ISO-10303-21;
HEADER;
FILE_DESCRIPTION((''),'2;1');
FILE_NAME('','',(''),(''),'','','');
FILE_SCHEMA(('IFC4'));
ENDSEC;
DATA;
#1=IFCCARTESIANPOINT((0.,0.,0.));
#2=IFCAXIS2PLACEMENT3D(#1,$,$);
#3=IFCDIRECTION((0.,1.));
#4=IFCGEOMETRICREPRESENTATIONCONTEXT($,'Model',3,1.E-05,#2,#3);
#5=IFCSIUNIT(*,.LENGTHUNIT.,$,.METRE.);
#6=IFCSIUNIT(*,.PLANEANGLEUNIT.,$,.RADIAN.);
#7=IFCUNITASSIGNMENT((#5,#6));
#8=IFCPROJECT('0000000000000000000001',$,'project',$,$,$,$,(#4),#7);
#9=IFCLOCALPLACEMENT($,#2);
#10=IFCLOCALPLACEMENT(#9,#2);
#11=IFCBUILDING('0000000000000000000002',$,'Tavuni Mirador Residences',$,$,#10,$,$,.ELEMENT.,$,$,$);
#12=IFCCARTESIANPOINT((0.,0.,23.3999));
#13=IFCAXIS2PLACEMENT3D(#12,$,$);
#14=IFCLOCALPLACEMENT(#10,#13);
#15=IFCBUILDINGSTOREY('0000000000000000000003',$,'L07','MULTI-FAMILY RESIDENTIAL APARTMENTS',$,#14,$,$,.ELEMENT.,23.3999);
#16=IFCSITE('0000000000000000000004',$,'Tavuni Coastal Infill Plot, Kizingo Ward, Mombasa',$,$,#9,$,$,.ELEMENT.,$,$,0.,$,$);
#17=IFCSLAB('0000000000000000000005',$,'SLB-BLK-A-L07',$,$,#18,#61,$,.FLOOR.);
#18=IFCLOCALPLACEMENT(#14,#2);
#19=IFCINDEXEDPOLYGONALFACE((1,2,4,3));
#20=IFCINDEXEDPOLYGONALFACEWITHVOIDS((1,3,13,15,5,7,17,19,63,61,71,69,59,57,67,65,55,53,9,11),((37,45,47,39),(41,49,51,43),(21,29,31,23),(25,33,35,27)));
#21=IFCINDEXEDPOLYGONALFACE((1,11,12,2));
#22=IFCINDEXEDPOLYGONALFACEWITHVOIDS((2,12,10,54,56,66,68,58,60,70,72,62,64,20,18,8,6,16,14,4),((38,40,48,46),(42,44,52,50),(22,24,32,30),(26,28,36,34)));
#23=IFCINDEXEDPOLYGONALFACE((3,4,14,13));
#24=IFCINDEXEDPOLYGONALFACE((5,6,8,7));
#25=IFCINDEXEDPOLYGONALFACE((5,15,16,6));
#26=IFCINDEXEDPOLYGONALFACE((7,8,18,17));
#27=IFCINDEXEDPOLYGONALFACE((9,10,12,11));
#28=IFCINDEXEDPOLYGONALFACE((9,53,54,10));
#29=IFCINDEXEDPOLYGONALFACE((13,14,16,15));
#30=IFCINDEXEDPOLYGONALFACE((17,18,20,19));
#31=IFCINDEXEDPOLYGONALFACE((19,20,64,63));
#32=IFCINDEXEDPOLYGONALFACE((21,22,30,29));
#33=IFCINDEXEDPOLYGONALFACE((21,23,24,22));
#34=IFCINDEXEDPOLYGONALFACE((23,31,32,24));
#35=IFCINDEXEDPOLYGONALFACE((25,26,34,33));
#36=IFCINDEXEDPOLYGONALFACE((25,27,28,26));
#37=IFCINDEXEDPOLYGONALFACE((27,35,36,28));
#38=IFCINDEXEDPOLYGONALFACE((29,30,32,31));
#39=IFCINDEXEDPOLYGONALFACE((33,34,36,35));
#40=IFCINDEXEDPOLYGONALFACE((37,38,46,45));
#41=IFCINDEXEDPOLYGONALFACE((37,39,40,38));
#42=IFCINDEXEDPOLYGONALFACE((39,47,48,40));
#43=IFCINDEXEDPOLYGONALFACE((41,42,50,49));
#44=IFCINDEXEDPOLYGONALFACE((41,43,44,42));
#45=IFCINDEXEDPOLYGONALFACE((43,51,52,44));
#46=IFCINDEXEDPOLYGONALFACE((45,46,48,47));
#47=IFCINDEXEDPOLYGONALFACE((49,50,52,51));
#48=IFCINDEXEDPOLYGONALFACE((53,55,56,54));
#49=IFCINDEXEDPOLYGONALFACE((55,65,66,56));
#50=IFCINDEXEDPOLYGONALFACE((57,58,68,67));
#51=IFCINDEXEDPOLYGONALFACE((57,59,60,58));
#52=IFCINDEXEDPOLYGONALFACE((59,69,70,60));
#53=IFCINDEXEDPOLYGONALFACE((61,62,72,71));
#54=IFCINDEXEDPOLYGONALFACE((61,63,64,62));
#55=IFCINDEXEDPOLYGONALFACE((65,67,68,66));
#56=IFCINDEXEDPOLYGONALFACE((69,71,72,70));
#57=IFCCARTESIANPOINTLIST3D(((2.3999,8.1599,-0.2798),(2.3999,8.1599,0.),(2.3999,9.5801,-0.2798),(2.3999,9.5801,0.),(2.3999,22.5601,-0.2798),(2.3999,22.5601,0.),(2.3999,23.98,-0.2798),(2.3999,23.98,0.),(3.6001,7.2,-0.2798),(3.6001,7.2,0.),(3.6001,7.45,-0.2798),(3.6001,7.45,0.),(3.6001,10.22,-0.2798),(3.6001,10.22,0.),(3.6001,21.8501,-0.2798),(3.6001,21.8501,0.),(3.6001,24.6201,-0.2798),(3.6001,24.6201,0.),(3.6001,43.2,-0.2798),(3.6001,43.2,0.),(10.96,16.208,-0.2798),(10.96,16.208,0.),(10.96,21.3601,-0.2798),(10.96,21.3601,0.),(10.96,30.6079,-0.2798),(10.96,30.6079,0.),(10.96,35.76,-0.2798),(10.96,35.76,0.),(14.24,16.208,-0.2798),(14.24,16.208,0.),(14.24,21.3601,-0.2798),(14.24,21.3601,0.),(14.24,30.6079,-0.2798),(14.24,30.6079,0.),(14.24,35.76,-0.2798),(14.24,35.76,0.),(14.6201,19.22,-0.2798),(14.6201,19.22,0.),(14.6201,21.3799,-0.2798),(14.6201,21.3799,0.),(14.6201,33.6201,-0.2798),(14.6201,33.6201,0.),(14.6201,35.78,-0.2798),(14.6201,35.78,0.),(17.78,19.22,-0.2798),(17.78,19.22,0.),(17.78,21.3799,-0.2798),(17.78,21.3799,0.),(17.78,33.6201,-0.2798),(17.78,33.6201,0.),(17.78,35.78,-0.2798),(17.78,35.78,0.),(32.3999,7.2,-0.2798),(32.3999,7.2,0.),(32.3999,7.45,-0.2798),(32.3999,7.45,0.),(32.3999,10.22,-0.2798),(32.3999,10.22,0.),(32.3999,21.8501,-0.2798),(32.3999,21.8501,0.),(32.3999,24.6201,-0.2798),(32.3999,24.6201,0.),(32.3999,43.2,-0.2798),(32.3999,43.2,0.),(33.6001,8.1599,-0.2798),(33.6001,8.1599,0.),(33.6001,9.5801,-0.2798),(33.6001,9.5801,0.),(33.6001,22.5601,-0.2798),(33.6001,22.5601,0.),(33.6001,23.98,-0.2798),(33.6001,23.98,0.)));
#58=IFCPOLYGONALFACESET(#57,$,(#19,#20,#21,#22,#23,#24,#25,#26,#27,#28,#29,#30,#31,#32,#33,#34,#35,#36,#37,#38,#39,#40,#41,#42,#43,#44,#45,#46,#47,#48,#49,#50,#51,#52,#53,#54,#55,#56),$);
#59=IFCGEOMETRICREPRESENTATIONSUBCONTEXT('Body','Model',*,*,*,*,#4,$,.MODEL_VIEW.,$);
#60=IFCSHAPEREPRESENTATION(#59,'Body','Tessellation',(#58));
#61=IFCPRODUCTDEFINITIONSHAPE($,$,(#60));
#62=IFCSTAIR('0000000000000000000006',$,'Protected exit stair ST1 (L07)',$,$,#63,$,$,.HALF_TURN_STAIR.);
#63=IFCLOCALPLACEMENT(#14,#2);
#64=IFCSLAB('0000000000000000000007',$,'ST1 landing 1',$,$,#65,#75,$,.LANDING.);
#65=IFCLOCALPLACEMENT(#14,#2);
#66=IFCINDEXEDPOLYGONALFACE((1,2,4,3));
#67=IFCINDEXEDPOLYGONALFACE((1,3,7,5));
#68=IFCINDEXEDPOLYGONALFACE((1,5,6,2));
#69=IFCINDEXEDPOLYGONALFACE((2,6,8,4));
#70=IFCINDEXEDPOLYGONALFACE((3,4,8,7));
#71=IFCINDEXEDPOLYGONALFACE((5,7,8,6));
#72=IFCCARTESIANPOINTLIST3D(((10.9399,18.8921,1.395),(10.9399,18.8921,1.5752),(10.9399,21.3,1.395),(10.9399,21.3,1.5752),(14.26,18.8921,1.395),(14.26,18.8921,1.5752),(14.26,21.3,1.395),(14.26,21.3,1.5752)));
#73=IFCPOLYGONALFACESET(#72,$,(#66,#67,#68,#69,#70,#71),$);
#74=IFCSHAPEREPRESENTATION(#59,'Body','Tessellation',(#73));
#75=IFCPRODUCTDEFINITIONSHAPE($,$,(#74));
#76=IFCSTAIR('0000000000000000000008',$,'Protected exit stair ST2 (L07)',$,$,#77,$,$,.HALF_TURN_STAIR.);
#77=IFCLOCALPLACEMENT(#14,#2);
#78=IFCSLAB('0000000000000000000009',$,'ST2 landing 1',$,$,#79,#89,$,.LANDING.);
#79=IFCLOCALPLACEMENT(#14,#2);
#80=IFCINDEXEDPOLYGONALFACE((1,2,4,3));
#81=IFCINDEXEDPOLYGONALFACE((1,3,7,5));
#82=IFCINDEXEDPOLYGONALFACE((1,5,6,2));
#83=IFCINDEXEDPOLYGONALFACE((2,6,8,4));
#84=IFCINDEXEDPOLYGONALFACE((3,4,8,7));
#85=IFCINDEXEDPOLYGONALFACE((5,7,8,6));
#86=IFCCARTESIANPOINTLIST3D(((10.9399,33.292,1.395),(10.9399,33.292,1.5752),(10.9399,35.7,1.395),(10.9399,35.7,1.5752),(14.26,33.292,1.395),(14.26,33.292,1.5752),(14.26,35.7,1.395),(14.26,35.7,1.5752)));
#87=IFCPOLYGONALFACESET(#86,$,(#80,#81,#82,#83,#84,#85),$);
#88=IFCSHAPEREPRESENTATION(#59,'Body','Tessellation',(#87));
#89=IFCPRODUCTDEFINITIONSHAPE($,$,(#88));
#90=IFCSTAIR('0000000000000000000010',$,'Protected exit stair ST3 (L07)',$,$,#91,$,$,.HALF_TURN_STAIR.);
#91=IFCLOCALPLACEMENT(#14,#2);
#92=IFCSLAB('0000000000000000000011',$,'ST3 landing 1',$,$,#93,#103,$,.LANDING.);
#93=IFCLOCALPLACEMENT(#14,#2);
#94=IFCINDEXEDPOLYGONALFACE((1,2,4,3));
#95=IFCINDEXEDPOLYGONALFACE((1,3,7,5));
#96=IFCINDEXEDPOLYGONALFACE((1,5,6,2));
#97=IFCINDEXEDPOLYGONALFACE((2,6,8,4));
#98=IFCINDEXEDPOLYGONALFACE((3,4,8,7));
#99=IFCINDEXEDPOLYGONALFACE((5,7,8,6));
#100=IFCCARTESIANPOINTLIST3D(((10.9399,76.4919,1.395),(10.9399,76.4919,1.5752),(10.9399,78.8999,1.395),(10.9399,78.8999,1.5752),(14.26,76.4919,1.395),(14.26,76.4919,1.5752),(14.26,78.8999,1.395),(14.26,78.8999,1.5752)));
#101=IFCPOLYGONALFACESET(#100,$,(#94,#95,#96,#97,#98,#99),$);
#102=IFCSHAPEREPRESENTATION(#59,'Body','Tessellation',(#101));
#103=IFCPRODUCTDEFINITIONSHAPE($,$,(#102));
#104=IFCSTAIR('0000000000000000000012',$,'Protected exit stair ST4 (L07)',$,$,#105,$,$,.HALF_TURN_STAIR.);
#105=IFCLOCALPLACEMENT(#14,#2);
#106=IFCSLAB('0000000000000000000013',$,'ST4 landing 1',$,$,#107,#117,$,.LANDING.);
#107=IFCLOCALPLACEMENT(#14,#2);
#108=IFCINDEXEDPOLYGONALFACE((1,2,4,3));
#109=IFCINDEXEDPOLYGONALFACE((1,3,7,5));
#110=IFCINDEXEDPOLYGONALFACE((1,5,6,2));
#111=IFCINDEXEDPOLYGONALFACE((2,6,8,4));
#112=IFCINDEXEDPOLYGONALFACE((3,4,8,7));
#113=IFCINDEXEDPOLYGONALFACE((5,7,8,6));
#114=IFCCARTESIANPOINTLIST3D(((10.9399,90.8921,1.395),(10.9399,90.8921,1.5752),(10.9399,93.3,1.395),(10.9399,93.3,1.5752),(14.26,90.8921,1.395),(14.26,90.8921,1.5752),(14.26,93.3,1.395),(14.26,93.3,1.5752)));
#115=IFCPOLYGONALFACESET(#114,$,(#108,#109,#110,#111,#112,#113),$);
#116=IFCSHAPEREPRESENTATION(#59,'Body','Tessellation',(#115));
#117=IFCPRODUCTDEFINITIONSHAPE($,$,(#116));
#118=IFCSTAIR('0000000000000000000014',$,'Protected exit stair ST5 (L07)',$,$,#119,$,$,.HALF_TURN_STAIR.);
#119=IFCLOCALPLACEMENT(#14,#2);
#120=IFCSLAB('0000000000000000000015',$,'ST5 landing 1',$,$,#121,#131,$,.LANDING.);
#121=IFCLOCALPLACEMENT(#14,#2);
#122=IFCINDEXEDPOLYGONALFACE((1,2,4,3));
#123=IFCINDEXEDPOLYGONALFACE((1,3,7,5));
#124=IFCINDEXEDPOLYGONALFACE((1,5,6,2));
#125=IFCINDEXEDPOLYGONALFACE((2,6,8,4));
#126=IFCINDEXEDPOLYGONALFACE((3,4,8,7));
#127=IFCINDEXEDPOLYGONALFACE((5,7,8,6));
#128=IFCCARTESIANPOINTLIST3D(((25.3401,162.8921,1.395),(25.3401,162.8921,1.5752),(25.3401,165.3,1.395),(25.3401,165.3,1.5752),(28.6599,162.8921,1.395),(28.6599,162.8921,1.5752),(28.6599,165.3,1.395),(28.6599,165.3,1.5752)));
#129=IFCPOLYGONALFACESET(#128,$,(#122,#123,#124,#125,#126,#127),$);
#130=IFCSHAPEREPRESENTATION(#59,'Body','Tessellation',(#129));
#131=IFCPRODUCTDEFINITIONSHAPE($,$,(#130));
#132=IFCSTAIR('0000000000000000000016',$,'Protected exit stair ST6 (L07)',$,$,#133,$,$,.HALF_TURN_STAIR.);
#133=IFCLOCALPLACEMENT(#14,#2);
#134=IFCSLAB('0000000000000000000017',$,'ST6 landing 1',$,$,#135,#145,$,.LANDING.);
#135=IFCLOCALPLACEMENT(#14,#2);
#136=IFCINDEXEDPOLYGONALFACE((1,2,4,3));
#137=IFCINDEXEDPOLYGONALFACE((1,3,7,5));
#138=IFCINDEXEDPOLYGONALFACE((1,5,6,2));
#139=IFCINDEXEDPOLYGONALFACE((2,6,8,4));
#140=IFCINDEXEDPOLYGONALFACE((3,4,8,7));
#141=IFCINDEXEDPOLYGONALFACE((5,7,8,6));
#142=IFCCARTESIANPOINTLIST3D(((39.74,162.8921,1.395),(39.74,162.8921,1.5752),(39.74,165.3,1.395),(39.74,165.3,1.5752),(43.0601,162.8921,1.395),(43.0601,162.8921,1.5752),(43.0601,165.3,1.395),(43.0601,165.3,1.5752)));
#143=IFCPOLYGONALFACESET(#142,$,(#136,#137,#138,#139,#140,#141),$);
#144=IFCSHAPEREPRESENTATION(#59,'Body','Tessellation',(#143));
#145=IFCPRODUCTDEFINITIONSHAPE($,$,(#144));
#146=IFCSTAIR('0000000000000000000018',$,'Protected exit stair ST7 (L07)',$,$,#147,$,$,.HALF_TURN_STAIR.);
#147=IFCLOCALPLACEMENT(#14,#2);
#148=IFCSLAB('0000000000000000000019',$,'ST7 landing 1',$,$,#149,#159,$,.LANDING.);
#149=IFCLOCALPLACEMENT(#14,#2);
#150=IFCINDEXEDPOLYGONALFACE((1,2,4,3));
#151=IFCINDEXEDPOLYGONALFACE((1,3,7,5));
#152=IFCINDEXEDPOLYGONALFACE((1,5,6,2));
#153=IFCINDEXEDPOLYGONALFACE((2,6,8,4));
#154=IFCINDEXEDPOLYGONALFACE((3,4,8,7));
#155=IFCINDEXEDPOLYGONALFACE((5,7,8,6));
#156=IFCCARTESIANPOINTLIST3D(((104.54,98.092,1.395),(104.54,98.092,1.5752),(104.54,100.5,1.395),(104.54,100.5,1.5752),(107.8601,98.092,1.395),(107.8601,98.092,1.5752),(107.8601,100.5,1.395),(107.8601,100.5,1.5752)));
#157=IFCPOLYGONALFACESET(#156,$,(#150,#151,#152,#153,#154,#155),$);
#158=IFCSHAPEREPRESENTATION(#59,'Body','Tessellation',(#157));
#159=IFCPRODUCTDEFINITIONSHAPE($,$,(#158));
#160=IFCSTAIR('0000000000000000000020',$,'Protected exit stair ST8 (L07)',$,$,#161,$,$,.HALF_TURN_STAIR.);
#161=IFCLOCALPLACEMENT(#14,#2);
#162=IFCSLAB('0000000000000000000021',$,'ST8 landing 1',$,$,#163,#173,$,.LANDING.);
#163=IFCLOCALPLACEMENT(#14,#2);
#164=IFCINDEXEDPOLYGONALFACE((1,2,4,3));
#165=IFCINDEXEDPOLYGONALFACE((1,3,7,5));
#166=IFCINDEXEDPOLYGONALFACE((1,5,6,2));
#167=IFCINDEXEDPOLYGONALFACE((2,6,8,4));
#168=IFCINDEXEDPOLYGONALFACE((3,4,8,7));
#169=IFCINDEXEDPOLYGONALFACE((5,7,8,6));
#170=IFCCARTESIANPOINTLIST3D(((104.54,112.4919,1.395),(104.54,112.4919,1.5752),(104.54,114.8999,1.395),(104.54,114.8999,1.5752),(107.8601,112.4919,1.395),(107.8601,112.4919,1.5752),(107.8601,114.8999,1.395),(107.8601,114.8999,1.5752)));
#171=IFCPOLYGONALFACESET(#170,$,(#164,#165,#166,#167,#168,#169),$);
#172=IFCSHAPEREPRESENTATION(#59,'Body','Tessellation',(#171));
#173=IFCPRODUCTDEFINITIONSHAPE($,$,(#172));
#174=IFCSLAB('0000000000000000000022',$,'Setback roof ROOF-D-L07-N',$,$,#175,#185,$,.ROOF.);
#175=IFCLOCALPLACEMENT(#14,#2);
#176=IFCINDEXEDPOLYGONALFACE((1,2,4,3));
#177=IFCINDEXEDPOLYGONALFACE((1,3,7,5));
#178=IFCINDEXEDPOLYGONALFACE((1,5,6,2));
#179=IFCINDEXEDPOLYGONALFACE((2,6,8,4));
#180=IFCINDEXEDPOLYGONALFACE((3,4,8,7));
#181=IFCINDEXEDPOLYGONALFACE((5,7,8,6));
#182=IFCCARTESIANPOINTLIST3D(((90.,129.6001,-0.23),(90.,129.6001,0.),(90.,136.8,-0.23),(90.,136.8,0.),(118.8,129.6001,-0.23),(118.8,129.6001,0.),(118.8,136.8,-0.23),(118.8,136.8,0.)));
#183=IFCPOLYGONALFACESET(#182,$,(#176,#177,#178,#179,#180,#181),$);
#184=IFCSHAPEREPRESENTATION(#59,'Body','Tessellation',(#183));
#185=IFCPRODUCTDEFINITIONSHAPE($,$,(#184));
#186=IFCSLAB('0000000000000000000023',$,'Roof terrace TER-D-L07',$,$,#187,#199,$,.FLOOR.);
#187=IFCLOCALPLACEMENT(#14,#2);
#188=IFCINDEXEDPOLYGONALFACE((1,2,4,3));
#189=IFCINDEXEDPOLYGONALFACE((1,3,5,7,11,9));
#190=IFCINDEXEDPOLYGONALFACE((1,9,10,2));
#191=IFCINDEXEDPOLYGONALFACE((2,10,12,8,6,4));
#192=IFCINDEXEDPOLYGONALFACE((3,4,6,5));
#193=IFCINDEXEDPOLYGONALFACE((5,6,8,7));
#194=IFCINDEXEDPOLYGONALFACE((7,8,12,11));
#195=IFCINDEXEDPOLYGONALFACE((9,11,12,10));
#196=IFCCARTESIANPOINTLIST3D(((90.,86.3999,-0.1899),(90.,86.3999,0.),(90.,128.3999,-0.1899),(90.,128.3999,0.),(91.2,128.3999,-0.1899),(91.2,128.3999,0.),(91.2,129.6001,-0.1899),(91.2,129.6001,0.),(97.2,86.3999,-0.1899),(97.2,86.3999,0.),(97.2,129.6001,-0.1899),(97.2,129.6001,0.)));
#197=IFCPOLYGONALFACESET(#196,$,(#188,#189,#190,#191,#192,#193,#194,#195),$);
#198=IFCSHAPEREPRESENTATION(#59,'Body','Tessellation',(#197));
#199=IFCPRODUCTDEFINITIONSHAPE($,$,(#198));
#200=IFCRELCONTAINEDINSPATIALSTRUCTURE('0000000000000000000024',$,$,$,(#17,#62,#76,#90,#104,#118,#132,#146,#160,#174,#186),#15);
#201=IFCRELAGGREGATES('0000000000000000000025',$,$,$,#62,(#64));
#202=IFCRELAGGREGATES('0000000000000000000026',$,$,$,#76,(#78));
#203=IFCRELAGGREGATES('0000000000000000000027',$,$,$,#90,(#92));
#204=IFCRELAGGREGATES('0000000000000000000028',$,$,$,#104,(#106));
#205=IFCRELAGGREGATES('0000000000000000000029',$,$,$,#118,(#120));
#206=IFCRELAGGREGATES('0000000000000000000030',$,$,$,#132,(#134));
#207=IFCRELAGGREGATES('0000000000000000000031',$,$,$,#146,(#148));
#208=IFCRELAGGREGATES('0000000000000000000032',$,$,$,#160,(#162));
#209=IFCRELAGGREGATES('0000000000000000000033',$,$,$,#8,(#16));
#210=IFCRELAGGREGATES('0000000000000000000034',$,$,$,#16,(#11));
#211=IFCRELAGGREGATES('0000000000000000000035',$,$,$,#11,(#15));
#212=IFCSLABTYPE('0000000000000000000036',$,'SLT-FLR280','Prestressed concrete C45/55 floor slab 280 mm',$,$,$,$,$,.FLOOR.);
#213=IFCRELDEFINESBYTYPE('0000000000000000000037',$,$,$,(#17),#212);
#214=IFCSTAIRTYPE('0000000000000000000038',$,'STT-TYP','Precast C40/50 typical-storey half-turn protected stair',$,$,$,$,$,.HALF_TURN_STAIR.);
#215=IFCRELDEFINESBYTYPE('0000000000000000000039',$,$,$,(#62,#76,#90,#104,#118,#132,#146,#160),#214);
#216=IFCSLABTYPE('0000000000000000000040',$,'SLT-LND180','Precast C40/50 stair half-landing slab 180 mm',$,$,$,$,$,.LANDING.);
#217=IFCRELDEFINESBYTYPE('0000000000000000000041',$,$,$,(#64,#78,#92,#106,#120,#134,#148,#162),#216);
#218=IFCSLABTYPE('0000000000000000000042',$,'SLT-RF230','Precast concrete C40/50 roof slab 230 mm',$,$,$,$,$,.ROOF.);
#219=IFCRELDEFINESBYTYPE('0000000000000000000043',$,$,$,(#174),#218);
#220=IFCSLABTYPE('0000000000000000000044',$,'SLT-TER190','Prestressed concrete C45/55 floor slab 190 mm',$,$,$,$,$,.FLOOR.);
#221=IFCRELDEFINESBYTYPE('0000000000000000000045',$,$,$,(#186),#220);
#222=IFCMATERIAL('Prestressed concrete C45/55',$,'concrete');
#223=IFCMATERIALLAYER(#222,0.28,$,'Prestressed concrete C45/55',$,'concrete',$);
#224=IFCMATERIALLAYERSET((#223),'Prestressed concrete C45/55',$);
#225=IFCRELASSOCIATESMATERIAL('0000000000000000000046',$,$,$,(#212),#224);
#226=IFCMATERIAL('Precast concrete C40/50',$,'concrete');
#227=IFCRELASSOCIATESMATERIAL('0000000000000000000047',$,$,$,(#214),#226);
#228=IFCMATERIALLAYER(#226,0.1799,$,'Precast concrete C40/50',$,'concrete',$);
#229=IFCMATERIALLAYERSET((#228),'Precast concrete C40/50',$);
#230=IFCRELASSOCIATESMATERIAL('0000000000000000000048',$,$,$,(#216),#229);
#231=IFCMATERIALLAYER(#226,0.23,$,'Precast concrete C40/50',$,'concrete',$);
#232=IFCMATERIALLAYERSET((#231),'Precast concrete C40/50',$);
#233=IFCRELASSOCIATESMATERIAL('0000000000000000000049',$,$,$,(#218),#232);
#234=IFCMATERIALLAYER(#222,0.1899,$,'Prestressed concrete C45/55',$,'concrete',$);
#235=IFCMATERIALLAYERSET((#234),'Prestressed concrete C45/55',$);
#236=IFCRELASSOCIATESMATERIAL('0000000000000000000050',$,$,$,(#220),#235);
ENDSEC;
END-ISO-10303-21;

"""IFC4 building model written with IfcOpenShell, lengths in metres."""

from ifc_helpers import new_model, si_unit, direction, frame, origin, place, context, subcontext, project, spatial, polyline, outline, extrude, material, layer, layer_set, type_object, element, aggregate, save


model = new_model("IFC4")

# Units and contexts
model_context = context("Model", 3, precision=1e-05, world=origin(), true_north=direction((0.0, 1.0)))
body_context = subcontext(model_context, "Body", "Model", "MODEL_VIEW")
ifc_project = project(units=[si_unit("LENGTHUNIT", "METRE"), si_unit("PLANEANGLEUNIT", "RADIAN")], contexts=[model_context])

# Site, building, storey
site_placement = place(None, origin())
site = spatial("IfcSite", under=ifc_project, at=site_placement, Name="Tavuni Coastal Infill Plot, Kizingo Ward, Mombasa", CompositionType="ELEMENT", RefElevation=0.0)
building_placement = place(site_placement, origin())
building = spatial("IfcBuilding", under=site, at=building_placement, Name="Tavuni Mirador Residences", CompositionType="ELEMENT")
storey_placement = place(building_placement, frame((0.0, 0.0, 23.3999)))
storey = spatial("IfcBuildingStorey", under=building, at=storey_placement, Name="L07", Description="MULTI-FAMILY RESIDENTIAL APARTMENTS", CompositionType="ELEMENT", Elevation=23.3999)

# Slab
ifc_material_1 = material(Name="Prestressed concrete C45/55", Category="concrete")
ifc_layer_1 = layer(ifc_material_1, 0.28, Name="Prestressed concrete C45/55", Category="concrete")
ifc_layer_set_1 = layer_set([ifc_layer_1], Name="Prestressed concrete C45/55")
slab_type_1 = type_object("IfcSlabType", Name="SLT-FLR280", Description="Prestressed concrete C45/55 floor slab 280 mm", PredefinedType="FLOOR", material=ifc_layer_set_1)
slab_1_placement = place(storey_placement, frame((0.0, 0.0, -0.2798)))
element("IfcSlab", 1, at=slab_1_placement, inside=storey, type_object=slab_type_1, Name="SLB-BLK-A-L07", PredefinedType="FLOOR", context=body_context, shape_type="SweptSolid", body=[
    extrude(outline(polyline([(3.6001, 7.2), (32.3999, 7.2), (32.3999, 7.45), (33.6001, 8.1599), (33.6001, 9.5801), (32.3999, 10.22), (32.3999, 21.8501), (33.6001, 22.5601), (33.6001, 23.98), (32.3999, 24.6201), (32.3999, 43.2), (3.6001, 43.2), (3.6001, 24.6201), (2.3999, 23.98), (2.3999, 22.5601), (3.6001, 21.8501), (3.6001, 10.22), (2.3999, 9.5801), (2.3999, 8.1599), (3.6001, 7.45), (3.6001, 7.2)]), holes=[polyline([(10.96, 16.208), (14.24, 16.208), (14.24, 21.3601), (10.96, 21.3601), (10.96, 16.208)]), polyline([(14.6201, 19.22), (17.78, 19.22), (17.78, 21.3799), (14.6201, 21.3799), (14.6201, 19.22)]), polyline([(10.96, 30.6079), (14.24, 30.6079), (14.24, 35.76), (10.96, 35.76), (10.96, 30.6079)]), polyline([(14.6201, 33.6201), (17.78, 33.6201), (17.78, 35.78), (14.6201, 35.78), (14.6201, 33.6201)])]), origin(), (0.0, 0.0, 1.0), 0.2798),
])

# Stairs, slabs
ifc_material_2 = material(Name="Precast concrete C40/50", Category="concrete")
stair_type = type_object("IfcStairType", Name="STT-TYP", Description="Precast C40/50 typical-storey half-turn protected stair", PredefinedType="HALF_TURN_STAIR", material=ifc_material_2)
stair_1_placement = place(storey_placement, origin())
stair_1 = element("IfcStair", 2, at=stair_1_placement, inside=storey, type_object=stair_type, Name="Protected exit stair ST1 (L07)", PredefinedType="HALF_TURN_STAIR")
ifc_layer_2 = layer(ifc_material_2, 0.1799, Name="Precast concrete C40/50", Category="concrete")
ifc_layer_set_2 = layer_set([ifc_layer_2], Name="Precast concrete C40/50")
slab_type_2 = type_object("IfcSlabType", Name="SLT-LND180", Description="Precast C40/50 stair half-landing slab 180 mm", PredefinedType="LANDING", material=ifc_layer_set_2)
slab_2_placement = place(storey_placement, frame((0.0, 0.0, 1.395)))
slab_2 = element("IfcSlab", 3, at=slab_2_placement, type_object=slab_type_2, Name="ST1 landing 1", PredefinedType="LANDING", context=body_context, shape_type="SweptSolid", body=[
    extrude(outline(polyline([(10.9399, 18.8921), (14.26, 18.8921), (14.26, 21.3), (10.9399, 21.3), (10.9399, 18.8921)])), origin(), (0.0, 0.0, 1.0), 0.1802),
])
aggregate(stair_1, [slab_2])
stair_2_placement = place(storey_placement, origin())
stair_2 = element("IfcStair", 4, at=stair_2_placement, inside=storey, type_object=stair_type, Name="Protected exit stair ST2 (L07)", PredefinedType="HALF_TURN_STAIR")
slab_3_placement = place(storey_placement, frame((0.0, 0.0, 1.395)))
slab_3 = element("IfcSlab", 5, at=slab_3_placement, type_object=slab_type_2, Name="ST2 landing 1", PredefinedType="LANDING", context=body_context, shape_type="SweptSolid", body=[
    extrude(outline(polyline([(10.9399, 33.292), (14.26, 33.292), (14.26, 35.7), (10.9399, 35.7), (10.9399, 33.292)])), origin(), (0.0, 0.0, 1.0), 0.1802),
])
aggregate(stair_2, [slab_3])
stair_3_placement = place(storey_placement, origin())
stair_3 = element("IfcStair", 6, at=stair_3_placement, inside=storey, type_object=stair_type, Name="Protected exit stair ST3 (L07)", PredefinedType="HALF_TURN_STAIR")
slab_4_placement = place(storey_placement, frame((0.0, 0.0, 1.395)))
slab_4 = element("IfcSlab", 7, at=slab_4_placement, type_object=slab_type_2, Name="ST3 landing 1", PredefinedType="LANDING", context=body_context, shape_type="SweptSolid", body=[
    extrude(outline(polyline([(10.9399, 76.4919), (14.26, 76.4919), (14.26, 78.8999), (10.9399, 78.8999), (10.9399, 76.4919)])), origin(), (0.0, 0.0, 1.0), 0.1802),
])
aggregate(stair_3, [slab_4])
stair_4_placement = place(storey_placement, origin())
stair_4 = element("IfcStair", 8, at=stair_4_placement, inside=storey, type_object=stair_type, Name="Protected exit stair ST4 (L07)", PredefinedType="HALF_TURN_STAIR")
slab_5_placement = place(storey_placement, frame((0.0, 0.0, 1.395)))
slab_5 = element("IfcSlab", 9, at=slab_5_placement, type_object=slab_type_2, Name="ST4 landing 1", PredefinedType="LANDING", context=body_context, shape_type="SweptSolid", body=[
    extrude(outline(polyline([(10.9399, 90.8921), (14.26, 90.8921), (14.26, 93.3), (10.9399, 93.3), (10.9399, 90.8921)])), origin(), (0.0, 0.0, 1.0), 0.1802),
])
aggregate(stair_4, [slab_5])
stair_5_placement = place(storey_placement, origin())
stair_5 = element("IfcStair", 10, at=stair_5_placement, inside=storey, type_object=stair_type, Name="Protected exit stair ST5 (L07)", PredefinedType="HALF_TURN_STAIR")
slab_6_placement = place(storey_placement, frame((0.0, 0.0, 1.395)))
slab_6 = element("IfcSlab", 11, at=slab_6_placement, type_object=slab_type_2, Name="ST5 landing 1", PredefinedType="LANDING", context=body_context, shape_type="SweptSolid", body=[
    extrude(outline(polyline([(25.3401, 162.8921), (28.6599, 162.8921), (28.6599, 165.3), (25.3401, 165.3), (25.3401, 162.8921)])), origin(), (0.0, 0.0, 1.0), 0.1802),
])
aggregate(stair_5, [slab_6])
stair_6_placement = place(storey_placement, origin())
stair_6 = element("IfcStair", 12, at=stair_6_placement, inside=storey, type_object=stair_type, Name="Protected exit stair ST6 (L07)", PredefinedType="HALF_TURN_STAIR")
slab_7_placement = place(storey_placement, frame((0.0, 0.0, 1.395)))
slab_7 = element("IfcSlab", 13, at=slab_7_placement, type_object=slab_type_2, Name="ST6 landing 1", PredefinedType="LANDING", context=body_context, shape_type="SweptSolid", body=[
    extrude(outline(polyline([(39.74, 162.8921), (43.0601, 162.8921), (43.0601, 165.3), (39.74, 165.3), (39.74, 162.8921)])), origin(), (0.0, 0.0, 1.0), 0.1802),
])
aggregate(stair_6, [slab_7])
stair_7_placement = place(storey_placement, origin())
stair_7 = element("IfcStair", 14, at=stair_7_placement, inside=storey, type_object=stair_type, Name="Protected exit stair ST7 (L07)", PredefinedType="HALF_TURN_STAIR")
slab_8_placement = place(storey_placement, frame((0.0, 0.0, 1.395)))
slab_8 = element("IfcSlab", 15, at=slab_8_placement, type_object=slab_type_2, Name="ST7 landing 1", PredefinedType="LANDING", context=body_context, shape_type="SweptSolid", body=[
    extrude(outline(polyline([(104.54, 98.092), (107.8601, 98.092), (107.8601, 100.5), (104.54, 100.5), (104.54, 98.092)])), origin(), (0.0, 0.0, 1.0), 0.1802),
])
aggregate(stair_7, [slab_8])
stair_8_placement = place(storey_placement, origin())
stair_8 = element("IfcStair", 16, at=stair_8_placement, inside=storey, type_object=stair_type, Name="Protected exit stair ST8 (L07)", PredefinedType="HALF_TURN_STAIR")
slab_9_placement = place(storey_placement, frame((0.0, 0.0, 1.395)))
slab_9 = element("IfcSlab", 17, at=slab_9_placement, type_object=slab_type_2, Name="ST8 landing 1", PredefinedType="LANDING", context=body_context, shape_type="SweptSolid", body=[
    extrude(outline(polyline([(104.54, 112.4919), (107.8601, 112.4919), (107.8601, 114.8999), (104.54, 114.8999), (104.54, 112.4919)])), origin(), (0.0, 0.0, 1.0), 0.1802),
])
aggregate(stair_8, [slab_9])

# Slabs
ifc_layer_3 = layer(ifc_material_2, 0.23, Name="Precast concrete C40/50", Category="concrete")
ifc_layer_set_3 = layer_set([ifc_layer_3], Name="Precast concrete C40/50")
slab_type_3 = type_object("IfcSlabType", Name="SLT-RF230", Description="Precast concrete C40/50 roof slab 230 mm", PredefinedType="ROOF", material=ifc_layer_set_3)
slab_10_placement = place(storey_placement, frame((0.0, 0.0, -0.23)))
element("IfcSlab", 18, at=slab_10_placement, inside=storey, type_object=slab_type_3, Name="Setback roof ROOF-D-L07-N", PredefinedType="ROOF", context=body_context, shape_type="SweptSolid", body=[
    extrude(outline(polyline([(90.0, 129.6001), (118.8, 129.6001), (118.8, 136.8), (90.0, 136.8), (90.0, 129.6001)])), origin(), (0.0, 0.0, 1.0), 0.23),
])
ifc_layer_4 = layer(ifc_material_1, 0.1899, Name="Prestressed concrete C45/55", Category="concrete")
ifc_layer_set_4 = layer_set([ifc_layer_4], Name="Prestressed concrete C45/55")
slab_type_4 = type_object("IfcSlabType", Name="SLT-TER190", Description="Prestressed concrete C45/55 floor slab 190 mm", PredefinedType="FLOOR", material=ifc_layer_set_4)
slab_11_placement = place(storey_placement, frame((0.0, 0.0, -0.1899)))
element("IfcSlab", 19, at=slab_11_placement, inside=storey, type_object=slab_type_4, Name="Roof terrace TER-D-L07", PredefinedType="FLOOR", context=body_context, shape_type="SweptSolid", body=[
    extrude(outline(polyline([(90.0, 86.3999), (97.2, 86.3999), (97.2, 129.6001), (91.2, 129.6001), (91.2, 128.3999), (90.0, 128.3999), (90.0, 86.3999)])), origin(), (0.0, 0.0, 1.0), 0.1899),
])

save(model, "model.ifc")
